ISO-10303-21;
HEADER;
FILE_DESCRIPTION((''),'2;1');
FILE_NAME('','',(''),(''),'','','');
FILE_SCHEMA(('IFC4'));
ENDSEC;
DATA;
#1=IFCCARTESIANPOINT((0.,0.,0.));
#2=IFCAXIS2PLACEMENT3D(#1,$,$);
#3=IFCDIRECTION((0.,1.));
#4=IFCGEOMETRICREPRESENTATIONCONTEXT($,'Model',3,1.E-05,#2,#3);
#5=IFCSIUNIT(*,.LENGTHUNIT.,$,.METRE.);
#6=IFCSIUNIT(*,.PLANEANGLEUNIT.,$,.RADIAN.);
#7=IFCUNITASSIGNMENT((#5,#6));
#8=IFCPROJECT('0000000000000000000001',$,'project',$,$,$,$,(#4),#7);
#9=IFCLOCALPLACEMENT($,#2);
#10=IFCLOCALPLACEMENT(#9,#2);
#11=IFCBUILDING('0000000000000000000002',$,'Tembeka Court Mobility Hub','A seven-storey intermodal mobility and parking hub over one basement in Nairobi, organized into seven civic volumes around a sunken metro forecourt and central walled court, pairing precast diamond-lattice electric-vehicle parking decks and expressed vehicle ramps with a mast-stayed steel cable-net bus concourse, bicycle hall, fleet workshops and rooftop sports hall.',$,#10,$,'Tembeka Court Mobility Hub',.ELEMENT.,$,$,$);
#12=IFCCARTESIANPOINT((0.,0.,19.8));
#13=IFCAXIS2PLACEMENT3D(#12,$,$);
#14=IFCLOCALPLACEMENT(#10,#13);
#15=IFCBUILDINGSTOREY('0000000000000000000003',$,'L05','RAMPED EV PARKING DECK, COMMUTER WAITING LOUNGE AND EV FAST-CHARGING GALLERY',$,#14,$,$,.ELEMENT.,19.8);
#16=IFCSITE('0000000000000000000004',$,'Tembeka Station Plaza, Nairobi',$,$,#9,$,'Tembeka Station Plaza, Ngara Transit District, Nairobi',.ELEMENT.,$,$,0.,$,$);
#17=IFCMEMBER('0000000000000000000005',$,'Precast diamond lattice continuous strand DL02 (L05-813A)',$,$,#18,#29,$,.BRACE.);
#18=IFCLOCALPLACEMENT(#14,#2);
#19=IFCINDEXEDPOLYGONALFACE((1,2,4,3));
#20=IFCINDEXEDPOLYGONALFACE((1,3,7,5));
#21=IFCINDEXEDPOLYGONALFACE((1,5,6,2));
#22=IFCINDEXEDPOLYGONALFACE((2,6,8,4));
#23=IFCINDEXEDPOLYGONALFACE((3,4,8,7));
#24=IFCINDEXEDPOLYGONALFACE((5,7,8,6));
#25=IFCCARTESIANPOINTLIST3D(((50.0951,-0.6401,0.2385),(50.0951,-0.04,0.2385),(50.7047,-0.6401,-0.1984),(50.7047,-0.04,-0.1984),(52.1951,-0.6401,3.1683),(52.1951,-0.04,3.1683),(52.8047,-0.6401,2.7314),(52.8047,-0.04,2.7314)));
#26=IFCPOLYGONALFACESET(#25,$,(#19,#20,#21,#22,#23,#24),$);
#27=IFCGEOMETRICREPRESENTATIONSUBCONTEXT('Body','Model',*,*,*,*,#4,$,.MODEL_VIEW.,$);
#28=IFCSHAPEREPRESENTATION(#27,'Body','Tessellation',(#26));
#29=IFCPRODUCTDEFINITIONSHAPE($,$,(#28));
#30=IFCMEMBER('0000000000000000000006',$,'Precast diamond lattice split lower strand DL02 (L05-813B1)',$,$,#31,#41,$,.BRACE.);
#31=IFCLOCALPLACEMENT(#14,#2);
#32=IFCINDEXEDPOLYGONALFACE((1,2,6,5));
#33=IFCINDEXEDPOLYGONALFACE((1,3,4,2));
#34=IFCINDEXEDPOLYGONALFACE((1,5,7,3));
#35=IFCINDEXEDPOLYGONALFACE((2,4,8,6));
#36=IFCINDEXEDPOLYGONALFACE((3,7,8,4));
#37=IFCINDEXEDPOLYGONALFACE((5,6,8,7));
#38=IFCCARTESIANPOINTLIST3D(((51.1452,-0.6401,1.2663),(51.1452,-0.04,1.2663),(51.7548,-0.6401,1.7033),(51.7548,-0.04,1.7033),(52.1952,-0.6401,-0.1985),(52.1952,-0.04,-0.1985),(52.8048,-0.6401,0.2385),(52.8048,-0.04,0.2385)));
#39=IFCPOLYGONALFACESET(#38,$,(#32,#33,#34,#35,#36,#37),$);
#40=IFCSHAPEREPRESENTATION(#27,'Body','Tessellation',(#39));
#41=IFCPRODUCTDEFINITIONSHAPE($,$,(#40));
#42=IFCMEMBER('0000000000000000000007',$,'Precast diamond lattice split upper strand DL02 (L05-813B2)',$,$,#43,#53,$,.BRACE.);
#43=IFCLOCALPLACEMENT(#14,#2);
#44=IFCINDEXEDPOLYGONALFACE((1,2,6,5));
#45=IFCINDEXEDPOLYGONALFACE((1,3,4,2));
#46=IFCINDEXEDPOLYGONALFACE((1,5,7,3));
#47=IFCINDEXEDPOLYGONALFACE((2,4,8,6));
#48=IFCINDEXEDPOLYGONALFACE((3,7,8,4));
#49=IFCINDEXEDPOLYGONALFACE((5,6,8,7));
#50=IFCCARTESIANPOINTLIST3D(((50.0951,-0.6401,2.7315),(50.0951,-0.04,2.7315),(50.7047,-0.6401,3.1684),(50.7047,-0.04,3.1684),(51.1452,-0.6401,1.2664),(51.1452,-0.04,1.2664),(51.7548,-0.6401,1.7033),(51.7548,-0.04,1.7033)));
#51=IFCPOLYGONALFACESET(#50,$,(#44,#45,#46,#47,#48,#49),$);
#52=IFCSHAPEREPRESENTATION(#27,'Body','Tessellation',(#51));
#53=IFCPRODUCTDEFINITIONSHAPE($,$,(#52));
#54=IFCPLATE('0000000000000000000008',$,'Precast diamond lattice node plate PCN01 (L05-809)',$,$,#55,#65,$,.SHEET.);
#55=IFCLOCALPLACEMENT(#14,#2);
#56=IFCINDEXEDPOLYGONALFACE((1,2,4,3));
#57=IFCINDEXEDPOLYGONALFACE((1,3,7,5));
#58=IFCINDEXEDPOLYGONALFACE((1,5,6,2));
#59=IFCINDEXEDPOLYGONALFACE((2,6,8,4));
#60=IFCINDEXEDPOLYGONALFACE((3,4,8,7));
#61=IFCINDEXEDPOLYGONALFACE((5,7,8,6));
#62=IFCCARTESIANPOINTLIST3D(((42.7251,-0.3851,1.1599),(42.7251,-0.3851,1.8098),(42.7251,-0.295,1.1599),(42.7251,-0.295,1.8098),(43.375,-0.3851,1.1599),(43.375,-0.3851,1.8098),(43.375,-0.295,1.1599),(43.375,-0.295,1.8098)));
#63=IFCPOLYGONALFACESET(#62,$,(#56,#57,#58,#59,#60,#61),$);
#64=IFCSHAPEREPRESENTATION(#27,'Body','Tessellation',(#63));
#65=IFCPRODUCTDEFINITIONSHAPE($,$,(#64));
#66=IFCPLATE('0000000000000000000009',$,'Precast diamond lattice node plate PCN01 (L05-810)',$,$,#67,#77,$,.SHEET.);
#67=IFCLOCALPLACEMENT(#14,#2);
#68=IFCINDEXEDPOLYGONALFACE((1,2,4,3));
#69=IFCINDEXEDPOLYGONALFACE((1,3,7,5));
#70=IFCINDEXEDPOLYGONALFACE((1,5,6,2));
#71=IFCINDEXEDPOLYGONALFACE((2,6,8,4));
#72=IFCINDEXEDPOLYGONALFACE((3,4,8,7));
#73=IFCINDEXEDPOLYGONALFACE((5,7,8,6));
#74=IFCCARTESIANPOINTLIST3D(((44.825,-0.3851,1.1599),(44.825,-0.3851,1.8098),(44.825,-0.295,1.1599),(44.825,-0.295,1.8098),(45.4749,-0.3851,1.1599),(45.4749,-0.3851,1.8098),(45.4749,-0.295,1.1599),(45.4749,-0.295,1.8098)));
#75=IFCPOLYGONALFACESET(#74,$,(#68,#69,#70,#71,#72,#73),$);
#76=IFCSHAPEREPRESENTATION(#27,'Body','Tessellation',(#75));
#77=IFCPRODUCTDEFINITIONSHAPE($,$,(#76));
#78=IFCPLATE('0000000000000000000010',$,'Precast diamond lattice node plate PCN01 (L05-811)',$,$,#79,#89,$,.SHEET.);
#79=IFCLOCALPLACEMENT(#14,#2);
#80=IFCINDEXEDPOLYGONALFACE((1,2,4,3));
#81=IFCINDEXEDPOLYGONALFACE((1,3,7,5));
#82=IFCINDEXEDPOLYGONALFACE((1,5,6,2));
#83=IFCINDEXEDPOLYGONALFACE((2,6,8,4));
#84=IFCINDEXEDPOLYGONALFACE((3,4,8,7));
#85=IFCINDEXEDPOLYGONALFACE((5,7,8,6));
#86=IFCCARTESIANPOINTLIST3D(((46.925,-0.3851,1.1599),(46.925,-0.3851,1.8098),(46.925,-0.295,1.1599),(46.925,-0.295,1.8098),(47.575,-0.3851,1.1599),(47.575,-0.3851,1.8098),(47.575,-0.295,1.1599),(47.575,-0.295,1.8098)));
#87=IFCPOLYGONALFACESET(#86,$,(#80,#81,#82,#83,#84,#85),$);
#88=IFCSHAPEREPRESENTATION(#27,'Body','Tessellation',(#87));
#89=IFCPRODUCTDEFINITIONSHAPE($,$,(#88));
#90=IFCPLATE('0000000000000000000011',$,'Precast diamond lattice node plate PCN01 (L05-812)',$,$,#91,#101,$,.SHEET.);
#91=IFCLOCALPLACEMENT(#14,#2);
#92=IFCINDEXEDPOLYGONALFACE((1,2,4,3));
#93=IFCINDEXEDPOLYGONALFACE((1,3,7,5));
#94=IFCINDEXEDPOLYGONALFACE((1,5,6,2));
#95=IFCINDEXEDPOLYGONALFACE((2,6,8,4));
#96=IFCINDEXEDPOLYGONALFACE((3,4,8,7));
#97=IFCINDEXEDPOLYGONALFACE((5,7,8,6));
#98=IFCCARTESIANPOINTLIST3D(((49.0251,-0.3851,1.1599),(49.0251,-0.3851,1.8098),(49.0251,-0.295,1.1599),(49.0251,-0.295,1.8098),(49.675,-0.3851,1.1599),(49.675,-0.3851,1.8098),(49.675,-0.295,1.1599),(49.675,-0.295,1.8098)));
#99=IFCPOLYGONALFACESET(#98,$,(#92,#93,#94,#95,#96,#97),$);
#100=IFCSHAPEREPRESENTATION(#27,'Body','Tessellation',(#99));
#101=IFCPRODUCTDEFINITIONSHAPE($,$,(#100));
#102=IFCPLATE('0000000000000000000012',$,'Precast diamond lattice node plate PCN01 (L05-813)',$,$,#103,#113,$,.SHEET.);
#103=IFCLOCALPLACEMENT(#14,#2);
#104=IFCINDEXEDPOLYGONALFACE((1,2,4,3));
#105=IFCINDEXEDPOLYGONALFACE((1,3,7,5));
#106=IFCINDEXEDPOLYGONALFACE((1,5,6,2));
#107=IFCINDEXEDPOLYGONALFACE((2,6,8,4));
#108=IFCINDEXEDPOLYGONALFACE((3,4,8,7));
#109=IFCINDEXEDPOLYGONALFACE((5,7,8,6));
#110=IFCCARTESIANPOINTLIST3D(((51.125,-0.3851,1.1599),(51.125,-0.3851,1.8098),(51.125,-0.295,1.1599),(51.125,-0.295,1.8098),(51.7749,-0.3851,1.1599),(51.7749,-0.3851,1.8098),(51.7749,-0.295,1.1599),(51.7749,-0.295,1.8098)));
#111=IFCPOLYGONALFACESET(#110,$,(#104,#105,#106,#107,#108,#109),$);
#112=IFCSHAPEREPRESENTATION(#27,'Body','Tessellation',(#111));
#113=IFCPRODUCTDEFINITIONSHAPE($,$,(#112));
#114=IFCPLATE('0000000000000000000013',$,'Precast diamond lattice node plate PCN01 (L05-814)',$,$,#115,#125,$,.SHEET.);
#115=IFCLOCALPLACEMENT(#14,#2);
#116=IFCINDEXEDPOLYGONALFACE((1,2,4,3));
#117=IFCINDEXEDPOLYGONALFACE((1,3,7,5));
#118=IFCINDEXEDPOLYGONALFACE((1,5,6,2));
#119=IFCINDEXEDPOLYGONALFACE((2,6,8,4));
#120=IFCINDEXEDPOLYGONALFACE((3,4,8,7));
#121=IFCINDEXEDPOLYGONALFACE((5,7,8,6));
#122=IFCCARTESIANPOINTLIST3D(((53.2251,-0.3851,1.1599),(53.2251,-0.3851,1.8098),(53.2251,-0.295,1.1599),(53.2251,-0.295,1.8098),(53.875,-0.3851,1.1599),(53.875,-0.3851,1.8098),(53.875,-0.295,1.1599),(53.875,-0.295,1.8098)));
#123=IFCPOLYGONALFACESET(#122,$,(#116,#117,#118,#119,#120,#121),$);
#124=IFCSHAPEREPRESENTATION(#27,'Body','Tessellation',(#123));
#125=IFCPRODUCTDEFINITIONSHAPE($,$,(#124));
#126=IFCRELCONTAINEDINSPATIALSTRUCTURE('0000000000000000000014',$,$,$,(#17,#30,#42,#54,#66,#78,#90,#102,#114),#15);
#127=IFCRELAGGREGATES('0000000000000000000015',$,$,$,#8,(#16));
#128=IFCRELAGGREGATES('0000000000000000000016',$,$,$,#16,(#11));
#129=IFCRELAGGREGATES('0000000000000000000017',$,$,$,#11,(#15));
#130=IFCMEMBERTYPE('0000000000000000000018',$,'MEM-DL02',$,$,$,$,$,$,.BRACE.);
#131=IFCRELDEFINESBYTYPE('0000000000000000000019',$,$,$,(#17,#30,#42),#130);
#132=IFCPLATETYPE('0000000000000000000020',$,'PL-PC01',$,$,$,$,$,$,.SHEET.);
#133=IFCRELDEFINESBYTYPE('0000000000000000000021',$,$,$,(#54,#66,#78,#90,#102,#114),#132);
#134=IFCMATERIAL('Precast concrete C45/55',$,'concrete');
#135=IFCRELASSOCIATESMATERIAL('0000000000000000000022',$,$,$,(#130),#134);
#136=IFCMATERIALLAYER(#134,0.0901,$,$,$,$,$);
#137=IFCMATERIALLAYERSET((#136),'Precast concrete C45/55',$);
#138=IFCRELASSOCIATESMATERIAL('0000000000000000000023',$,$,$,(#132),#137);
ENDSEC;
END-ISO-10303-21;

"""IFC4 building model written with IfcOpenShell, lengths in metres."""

from ifc_helpers import new_model, si_unit, direction, frame, origin, origin_2d, place, context, subcontext, project, spatial, rectangle, extrude, material, layer, layer_set, material_profile, profile_set, type_object, element, save


model = new_model("IFC4")

# Units and contexts
model_context = context("Model", 3, precision=1e-05, world=origin(), true_north=direction((0.0, 1.0)))
body_context = subcontext(model_context, "Body", "Model", "MODEL_VIEW")
ifc_project = project(units=[si_unit("LENGTHUNIT", "METRE"), si_unit("PLANEANGLEUNIT", "RADIAN")], contexts=[model_context])

# Site, building, storey
site_placement = place(None, origin())
site = spatial("IfcSite", under=ifc_project, at=site_placement, Name="Tembeka Station Plaza, Nairobi", LongName="Tembeka Station Plaza, Ngara Transit District, Nairobi", CompositionType="ELEMENT", RefElevation=0.0)
building_placement = place(site_placement, origin())
building = spatial("IfcBuilding", under=site, at=building_placement, Name="Tembeka Court Mobility Hub", Description="A seven-storey intermodal mobility and parking hub over one basement in Nairobi, organized into seven civic volumes around a sunken metro forecourt and central walled court, pairing precast diamond-lattice electric-vehicle parking decks and expressed vehicle ramps with a mast-stayed steel cable-net bus concourse, bicycle hall, fleet workshops and rooftop sports hall.", LongName="Tembeka Court Mobility Hub", CompositionType="ELEMENT")
storey_placement = place(building_placement, frame((0.0, 0.0, 19.8)))
storey = spatial("IfcBuildingStorey", under=building, at=storey_placement, Name="L05", Description="RAMPED EV PARKING DECK, COMMUTER WAITING LOUNGE AND EV FAST-CHARGING GALLERY", CompositionType="ELEMENT", Elevation=19.8)

# Members
ifc_material = material(Name="Precast concrete C45/55", Category="concrete")
ifc_material_profile_1 = material_profile(ifc_material, rectangle(XDim=0.6001, YDim=0.75, at=origin_2d()), Name="PC-DIAG 600x750")
ifc_profile_set_1 = profile_set([ifc_material_profile_1], Name="Precast concrete C45/55")
member_type_1 = type_object("IfcMemberType", Name="MEM-DL02", PredefinedType="BRACE", material=ifc_profile_set_1)
member_1_placement = place(storey_placement, frame((50.3999, -0.3401, 0.02), z_axis=(0.582576, 0.0, 0.812776), x_axis=(0.0, 1.0, 0.0)))
element("IfcMember", 1, at=member_1_placement, inside=storey, type_object=member_type_1, Name="Precast diamond lattice continuous strand DL02 (L05-813A)", PredefinedType="BRACE", context=body_context, shape_type="SweptSolid", body=[
    extrude(rectangle(XDim=0.6001, YDim=0.75, at=origin_2d()), origin(), (0.0, 0.0, 1.0), 3.6047),
])
member_2_placement = place(storey_placement, frame((52.5, -0.3401, 0.02), z_axis=(-0.582608, 0.0, 0.812753), x_axis=(0.0, -1.0, 0.0)))
element("IfcMember", 2, at=member_2_placement, inside=storey, type_object=member_type_1, Name="Precast diamond lattice split lower strand DL02 (L05-813B1)", PredefinedType="BRACE", context=body_context, shape_type="SweptSolid", body=[
    extrude(rectangle(XDim=0.6001, YDim=0.75, at=origin_2d()), origin(), (0.0, 0.0, 1.0), 1.8022),
])
member_3_placement = place(storey_placement, frame((51.45, -0.3401, 1.4849), z_axis=(-0.582544, 0.0, 0.812799), x_axis=(0.0, -1.0, 0.0)))
element("IfcMember", 3, at=member_3_placement, inside=storey, type_object=member_type_1, Name="Precast diamond lattice split upper strand DL02 (L05-813B2)", PredefinedType="BRACE", context=body_context, shape_type="SweptSolid", body=[
    extrude(rectangle(XDim=0.6001, YDim=0.75, at=origin_2d()), origin(), (0.0, 0.0, 1.0), 1.8025),
])

# Plates
ifc_layer = layer(ifc_material, 0.0901)
ifc_layer_set = layer_set([ifc_layer], Name="Precast concrete C45/55")
plate_type = type_object("IfcPlateType", Name="PL-PC01", PredefinedType="SHEET", material=ifc_layer_set)
for number, where, z_axis, x_axis, name in (
    (4, (43.05, -0.3401, 1.1599), (0.0, 0.0, 1.0), (1.0, 0.0, 0.0), "Precast diamond lattice node plate PCN01 (L05-809)"),
    (5, (45.1499, -0.3401, 1.1599), (0.0, 0.0, 1.0), (1.0, 0.0, 0.0), "Precast diamond lattice node plate PCN01 (L05-810)"),
    (6, (47.25, -0.3401, 1.1599), (0.0, 0.0, 1.0), (1.0, 0.0, 0.0), "Precast diamond lattice node plate PCN01 (L05-811)"),
    (7, (49.3501, -0.3401, 1.1599), (0.0, 0.0, 1.0), (1.0, 0.0, 0.0), "Precast diamond lattice node plate PCN01 (L05-812)"),
    (8, (51.45, -0.3401, 1.1599), (0.0, 0.0, 1.0), (1.0, 0.0, 0.0), "Precast diamond lattice node plate PCN01 (L05-813)"),
    (9, (53.55, -0.3401, 1.1599), (0.0, 0.0, 1.0), (1.0, 0.0, 0.0), "Precast diamond lattice node plate PCN01 (L05-814)"),
):
    element("IfcPlate", number, at=place(storey_placement, frame(where, z_axis=z_axis, x_axis=x_axis)), inside=storey, type_object=plate_type, Name=name, PredefinedType="SHEET", context=body_context, shape_type="SweptSolid", body=[
        extrude(rectangle(XDim=0.6499, YDim=0.0901, at=origin_2d()), origin(), (0.0, 0.0, 1.0), 0.6499),
    ])

save(model, "model.ifc")
